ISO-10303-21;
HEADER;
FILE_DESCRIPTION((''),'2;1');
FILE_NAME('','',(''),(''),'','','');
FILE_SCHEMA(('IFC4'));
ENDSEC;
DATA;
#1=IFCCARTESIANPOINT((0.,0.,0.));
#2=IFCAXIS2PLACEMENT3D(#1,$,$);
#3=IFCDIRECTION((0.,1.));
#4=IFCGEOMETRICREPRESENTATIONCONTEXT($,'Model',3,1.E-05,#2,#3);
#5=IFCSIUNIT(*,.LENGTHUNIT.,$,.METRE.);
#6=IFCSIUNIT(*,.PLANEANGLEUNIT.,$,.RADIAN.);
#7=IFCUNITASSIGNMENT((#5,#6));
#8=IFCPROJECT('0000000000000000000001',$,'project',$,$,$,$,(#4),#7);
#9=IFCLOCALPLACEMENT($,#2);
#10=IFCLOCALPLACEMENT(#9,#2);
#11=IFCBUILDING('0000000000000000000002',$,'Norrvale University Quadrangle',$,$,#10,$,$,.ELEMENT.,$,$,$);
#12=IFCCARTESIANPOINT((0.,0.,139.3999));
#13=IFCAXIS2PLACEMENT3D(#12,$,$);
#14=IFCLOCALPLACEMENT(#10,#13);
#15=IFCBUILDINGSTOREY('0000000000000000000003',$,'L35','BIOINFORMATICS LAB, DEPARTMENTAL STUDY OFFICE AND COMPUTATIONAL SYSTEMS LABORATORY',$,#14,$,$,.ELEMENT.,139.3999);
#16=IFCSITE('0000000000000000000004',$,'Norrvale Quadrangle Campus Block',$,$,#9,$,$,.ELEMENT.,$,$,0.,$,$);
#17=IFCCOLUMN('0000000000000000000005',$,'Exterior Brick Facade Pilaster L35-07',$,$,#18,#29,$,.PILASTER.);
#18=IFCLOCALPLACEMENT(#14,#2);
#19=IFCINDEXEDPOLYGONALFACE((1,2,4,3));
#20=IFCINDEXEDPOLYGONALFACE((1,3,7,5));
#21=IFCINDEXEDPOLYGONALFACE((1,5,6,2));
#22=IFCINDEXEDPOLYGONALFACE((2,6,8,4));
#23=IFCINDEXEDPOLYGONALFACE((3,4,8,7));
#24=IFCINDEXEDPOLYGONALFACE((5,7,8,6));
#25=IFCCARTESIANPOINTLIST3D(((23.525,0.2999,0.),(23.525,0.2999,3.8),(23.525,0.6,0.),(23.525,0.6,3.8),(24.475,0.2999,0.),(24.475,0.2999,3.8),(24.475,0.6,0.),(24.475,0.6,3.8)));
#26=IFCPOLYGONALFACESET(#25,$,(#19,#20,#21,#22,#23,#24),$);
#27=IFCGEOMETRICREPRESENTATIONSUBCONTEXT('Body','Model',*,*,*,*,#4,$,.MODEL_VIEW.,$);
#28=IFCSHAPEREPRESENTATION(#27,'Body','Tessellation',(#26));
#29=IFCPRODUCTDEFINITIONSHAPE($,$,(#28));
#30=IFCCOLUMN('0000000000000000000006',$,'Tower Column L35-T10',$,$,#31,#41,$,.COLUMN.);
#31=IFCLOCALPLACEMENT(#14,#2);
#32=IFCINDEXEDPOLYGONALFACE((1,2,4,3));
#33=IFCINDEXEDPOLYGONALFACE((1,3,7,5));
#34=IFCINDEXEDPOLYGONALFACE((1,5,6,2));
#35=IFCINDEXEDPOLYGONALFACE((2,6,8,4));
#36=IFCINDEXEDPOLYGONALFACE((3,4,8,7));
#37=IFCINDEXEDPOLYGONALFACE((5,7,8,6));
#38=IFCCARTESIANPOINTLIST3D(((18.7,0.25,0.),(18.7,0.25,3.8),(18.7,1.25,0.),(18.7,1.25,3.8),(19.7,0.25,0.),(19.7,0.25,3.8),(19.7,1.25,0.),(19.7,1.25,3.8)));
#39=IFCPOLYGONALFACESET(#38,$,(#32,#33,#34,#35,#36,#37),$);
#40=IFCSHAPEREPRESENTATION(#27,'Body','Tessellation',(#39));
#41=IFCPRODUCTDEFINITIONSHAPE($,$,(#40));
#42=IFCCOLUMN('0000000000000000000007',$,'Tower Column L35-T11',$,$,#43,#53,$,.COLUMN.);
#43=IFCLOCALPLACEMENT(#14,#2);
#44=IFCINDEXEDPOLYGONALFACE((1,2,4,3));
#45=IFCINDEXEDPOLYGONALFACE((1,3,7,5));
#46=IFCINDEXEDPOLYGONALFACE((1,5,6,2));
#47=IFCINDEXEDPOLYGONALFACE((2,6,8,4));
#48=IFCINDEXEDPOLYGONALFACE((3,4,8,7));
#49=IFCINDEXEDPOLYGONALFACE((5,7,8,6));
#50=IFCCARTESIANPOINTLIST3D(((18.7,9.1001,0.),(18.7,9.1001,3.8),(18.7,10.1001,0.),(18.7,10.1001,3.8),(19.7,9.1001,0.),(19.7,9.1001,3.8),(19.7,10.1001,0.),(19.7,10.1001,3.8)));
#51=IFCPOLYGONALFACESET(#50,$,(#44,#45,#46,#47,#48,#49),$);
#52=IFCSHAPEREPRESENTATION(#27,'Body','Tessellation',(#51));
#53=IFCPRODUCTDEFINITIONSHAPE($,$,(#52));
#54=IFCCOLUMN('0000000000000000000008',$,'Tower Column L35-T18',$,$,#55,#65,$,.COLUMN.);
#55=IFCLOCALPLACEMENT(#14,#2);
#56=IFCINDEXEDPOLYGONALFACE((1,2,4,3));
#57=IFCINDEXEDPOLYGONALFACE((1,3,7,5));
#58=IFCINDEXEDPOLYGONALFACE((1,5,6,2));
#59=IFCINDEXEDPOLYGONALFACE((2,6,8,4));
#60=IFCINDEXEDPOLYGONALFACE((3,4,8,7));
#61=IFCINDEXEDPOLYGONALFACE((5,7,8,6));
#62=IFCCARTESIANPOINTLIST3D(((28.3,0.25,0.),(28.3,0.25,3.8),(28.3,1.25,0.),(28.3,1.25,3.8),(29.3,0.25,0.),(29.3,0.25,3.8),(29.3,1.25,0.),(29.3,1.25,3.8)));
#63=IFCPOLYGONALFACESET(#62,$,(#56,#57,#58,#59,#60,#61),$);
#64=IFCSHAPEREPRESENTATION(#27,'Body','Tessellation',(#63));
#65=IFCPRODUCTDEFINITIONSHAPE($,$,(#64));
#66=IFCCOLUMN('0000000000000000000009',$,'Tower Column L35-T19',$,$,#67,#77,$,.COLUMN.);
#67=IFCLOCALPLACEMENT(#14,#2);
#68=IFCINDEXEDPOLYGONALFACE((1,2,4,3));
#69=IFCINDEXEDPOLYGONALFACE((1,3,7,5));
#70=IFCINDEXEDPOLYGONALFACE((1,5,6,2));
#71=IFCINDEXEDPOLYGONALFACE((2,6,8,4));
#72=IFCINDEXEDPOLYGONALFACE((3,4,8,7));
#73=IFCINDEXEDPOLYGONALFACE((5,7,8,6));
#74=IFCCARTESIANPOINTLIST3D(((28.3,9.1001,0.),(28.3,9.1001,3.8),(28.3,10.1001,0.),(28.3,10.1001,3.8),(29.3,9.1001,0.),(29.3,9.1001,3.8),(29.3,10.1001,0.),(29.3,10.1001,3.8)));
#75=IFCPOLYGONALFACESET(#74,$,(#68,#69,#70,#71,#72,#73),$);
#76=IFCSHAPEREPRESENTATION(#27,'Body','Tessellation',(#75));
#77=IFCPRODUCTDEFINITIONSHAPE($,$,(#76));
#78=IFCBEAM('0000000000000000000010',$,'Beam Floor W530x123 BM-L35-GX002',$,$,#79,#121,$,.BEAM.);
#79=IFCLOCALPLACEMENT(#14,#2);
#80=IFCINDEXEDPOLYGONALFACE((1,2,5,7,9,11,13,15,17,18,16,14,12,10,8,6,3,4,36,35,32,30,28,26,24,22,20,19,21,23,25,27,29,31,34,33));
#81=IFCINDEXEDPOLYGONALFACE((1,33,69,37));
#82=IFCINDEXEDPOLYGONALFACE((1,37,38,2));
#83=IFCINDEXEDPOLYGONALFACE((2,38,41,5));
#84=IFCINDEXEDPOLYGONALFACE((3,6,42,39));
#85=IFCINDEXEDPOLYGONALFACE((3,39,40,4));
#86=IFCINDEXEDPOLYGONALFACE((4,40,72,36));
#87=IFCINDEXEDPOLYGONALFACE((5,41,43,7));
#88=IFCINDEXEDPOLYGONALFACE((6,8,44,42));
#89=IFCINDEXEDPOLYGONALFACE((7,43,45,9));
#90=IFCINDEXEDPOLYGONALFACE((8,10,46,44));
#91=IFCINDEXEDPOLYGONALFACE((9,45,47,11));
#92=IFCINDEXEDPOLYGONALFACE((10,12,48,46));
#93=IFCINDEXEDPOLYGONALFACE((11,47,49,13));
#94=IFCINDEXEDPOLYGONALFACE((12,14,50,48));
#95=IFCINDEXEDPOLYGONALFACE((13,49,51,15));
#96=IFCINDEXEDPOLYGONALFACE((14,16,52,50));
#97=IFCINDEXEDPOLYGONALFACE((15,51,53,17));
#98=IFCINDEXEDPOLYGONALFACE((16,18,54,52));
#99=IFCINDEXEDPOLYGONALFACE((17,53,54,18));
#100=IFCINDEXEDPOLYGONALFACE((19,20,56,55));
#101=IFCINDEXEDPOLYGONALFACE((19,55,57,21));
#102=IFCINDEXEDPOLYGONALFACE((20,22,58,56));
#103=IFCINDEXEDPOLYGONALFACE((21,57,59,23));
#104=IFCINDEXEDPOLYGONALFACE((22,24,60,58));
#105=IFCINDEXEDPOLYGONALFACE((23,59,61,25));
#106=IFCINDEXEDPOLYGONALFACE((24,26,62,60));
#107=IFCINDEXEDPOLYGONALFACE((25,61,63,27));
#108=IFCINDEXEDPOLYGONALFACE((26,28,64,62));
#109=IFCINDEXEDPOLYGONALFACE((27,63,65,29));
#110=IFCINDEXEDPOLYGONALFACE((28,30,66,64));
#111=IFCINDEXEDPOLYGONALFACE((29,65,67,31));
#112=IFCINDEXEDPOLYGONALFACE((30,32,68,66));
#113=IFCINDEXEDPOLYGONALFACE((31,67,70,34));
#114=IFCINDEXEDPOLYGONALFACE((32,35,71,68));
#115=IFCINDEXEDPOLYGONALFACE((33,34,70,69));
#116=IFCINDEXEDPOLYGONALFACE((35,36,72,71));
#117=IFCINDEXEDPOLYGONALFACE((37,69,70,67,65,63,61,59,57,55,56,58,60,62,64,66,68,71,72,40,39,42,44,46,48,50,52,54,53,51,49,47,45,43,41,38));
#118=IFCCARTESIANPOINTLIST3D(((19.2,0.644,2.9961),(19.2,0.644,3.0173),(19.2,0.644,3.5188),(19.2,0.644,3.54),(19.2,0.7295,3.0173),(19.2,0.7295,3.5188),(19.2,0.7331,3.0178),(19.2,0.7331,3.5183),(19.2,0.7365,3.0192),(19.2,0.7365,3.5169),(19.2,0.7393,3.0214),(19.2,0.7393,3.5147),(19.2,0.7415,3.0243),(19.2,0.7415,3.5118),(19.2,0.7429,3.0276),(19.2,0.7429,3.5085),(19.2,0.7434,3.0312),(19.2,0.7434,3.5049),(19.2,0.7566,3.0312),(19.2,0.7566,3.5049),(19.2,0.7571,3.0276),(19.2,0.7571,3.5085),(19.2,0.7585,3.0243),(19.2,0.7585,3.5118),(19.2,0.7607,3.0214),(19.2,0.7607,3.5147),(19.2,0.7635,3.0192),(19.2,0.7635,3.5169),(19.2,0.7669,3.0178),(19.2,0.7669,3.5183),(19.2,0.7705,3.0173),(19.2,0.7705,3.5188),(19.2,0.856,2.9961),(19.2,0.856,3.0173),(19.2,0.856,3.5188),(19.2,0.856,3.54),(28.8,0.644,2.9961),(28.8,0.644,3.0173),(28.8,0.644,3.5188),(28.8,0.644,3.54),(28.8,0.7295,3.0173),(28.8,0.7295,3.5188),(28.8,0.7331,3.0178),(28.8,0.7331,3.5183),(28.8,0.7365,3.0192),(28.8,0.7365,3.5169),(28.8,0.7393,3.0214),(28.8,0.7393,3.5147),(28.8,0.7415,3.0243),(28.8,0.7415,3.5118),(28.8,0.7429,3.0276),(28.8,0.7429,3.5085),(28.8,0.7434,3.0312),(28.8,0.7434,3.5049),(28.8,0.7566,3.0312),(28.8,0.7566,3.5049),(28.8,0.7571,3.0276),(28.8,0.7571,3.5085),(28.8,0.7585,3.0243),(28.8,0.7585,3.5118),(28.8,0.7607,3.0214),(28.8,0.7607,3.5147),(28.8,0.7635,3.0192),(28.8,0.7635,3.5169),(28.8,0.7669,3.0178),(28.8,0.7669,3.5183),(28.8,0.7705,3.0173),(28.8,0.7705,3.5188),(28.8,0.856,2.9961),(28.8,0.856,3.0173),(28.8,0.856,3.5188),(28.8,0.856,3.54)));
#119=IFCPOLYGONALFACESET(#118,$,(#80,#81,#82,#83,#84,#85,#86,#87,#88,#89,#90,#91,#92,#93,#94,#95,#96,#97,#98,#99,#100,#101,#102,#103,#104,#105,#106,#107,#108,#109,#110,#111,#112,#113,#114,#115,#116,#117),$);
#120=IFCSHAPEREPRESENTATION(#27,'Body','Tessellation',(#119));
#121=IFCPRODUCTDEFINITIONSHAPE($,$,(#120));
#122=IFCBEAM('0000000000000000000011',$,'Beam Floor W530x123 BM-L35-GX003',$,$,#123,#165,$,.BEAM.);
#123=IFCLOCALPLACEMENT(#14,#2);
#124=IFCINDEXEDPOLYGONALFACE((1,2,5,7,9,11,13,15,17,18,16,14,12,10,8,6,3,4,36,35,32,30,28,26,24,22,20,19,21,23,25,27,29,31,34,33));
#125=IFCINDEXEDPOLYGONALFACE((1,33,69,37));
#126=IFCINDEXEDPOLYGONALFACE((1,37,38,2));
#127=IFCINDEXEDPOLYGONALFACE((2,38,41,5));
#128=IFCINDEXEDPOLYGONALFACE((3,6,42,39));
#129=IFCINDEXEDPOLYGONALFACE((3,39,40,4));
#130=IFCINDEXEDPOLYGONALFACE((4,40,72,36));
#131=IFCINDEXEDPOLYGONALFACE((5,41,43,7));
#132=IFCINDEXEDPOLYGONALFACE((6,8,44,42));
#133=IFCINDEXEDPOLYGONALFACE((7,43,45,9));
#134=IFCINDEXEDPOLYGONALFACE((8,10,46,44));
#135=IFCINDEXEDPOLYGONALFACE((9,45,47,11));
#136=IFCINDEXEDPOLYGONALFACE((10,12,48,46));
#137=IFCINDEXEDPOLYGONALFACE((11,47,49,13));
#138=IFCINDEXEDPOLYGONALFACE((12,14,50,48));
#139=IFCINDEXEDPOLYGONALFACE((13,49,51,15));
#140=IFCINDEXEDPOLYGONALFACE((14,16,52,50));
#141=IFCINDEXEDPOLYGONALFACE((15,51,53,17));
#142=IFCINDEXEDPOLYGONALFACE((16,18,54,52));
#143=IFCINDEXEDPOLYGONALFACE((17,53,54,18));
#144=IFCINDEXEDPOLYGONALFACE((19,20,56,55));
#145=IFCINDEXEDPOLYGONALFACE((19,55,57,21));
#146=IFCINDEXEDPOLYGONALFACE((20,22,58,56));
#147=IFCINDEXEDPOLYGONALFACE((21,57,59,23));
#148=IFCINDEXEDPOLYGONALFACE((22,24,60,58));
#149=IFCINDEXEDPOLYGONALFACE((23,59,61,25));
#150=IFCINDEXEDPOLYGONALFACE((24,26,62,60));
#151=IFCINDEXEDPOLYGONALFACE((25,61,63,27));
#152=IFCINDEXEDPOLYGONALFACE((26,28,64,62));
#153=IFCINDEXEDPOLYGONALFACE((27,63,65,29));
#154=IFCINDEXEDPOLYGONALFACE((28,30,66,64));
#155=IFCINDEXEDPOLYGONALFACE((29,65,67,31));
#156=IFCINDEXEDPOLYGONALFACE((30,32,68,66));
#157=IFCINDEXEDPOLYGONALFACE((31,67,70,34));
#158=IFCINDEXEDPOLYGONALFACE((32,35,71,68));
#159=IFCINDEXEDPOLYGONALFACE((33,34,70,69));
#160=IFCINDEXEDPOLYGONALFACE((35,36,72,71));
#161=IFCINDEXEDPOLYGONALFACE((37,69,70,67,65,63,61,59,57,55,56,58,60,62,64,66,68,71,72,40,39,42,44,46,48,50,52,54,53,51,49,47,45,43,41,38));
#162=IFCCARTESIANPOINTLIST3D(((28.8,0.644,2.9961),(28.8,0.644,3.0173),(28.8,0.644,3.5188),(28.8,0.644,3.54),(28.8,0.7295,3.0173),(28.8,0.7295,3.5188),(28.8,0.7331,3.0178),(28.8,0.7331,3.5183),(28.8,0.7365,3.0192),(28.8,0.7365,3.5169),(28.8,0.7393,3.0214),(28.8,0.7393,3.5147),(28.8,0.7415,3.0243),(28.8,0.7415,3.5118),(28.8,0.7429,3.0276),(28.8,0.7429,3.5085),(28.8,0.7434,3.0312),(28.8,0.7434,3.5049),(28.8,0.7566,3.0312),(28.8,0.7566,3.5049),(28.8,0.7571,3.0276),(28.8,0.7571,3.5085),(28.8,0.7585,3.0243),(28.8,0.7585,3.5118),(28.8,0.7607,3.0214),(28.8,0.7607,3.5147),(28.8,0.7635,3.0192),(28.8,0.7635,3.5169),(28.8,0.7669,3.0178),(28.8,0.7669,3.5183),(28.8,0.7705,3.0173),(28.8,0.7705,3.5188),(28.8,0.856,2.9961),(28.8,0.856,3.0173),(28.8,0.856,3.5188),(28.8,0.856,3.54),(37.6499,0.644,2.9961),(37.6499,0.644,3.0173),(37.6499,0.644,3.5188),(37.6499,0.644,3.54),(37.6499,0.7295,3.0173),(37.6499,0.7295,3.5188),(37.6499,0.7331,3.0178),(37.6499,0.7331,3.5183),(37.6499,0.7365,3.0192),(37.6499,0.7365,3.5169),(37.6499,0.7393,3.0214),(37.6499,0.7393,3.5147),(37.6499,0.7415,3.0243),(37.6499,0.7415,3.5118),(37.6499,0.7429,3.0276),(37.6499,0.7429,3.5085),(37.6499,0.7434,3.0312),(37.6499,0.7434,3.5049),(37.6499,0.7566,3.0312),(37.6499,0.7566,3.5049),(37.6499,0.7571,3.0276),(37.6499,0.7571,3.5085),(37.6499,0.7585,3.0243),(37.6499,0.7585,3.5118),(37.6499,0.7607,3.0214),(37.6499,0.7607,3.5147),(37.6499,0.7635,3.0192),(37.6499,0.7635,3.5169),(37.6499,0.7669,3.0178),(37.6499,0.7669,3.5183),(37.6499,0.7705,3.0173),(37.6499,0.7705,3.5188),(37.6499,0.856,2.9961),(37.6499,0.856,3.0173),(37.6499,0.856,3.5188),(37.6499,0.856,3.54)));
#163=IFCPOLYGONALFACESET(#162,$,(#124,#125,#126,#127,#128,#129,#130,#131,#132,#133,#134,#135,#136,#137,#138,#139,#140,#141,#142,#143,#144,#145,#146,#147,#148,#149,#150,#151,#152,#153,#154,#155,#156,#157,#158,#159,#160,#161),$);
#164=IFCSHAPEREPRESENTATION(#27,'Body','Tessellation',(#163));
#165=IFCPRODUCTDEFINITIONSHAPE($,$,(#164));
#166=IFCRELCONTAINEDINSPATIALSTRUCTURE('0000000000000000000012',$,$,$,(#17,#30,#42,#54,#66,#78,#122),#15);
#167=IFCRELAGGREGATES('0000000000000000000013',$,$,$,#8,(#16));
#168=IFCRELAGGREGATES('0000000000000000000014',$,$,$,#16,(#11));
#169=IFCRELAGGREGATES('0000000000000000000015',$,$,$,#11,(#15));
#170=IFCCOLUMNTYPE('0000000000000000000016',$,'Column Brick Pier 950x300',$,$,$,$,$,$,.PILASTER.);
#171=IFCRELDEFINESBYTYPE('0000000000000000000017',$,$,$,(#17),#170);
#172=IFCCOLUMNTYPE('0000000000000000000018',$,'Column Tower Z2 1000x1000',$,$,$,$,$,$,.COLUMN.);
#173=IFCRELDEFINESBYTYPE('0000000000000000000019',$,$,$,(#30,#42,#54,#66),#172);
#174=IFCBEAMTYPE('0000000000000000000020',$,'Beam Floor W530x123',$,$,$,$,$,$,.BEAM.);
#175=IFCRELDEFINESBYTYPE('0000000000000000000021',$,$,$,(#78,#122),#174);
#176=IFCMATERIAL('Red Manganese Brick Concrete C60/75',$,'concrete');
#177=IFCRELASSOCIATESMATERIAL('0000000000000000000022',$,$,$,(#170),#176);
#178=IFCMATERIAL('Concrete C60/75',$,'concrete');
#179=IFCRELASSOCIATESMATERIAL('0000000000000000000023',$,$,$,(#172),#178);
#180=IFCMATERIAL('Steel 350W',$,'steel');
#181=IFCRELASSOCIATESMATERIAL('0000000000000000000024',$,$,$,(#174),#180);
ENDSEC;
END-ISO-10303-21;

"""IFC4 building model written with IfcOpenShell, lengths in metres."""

from ifc_helpers import new_model, si_unit, direction, frame, origin, origin_2d, place, context, subcontext, project, spatial, rectangle, i_section, extrude, material, material_profile, profile_set, type_object, element, save


model = new_model("IFC4")

# Units and contexts
model_context = context("Model", 3, precision=1e-05, world=origin(), true_north=direction((0.0, 1.0)))
body_context = subcontext(model_context, "Body", "Model", "MODEL_VIEW")
ifc_project = project(units=[si_unit("LENGTHUNIT", "METRE"), si_unit("PLANEANGLEUNIT", "RADIAN")], contexts=[model_context])

# Site, building, storey
site_placement = place(None, origin())
site = spatial("IfcSite", under=ifc_project, at=site_placement, Name="Norrvale Quadrangle Campus Block", CompositionType="ELEMENT", RefElevation=0.0)
building_placement = place(site_placement, origin())
building = spatial("IfcBuilding", under=site, at=building_placement, Name="Norrvale University Quadrangle", CompositionType="ELEMENT")
storey_placement = place(building_placement, frame((0.0, 0.0, 139.3999)))
storey = spatial("IfcBuildingStorey", under=building, at=storey_placement, Name="L35", Description="BIOINFORMATICS LAB, DEPARTMENTAL STUDY OFFICE AND COMPUTATIONAL SYSTEMS LABORATORY", CompositionType="ELEMENT", Elevation=139.3999)

# Columns
ifc_material_1 = material(Name="Red Manganese Brick Concrete C60/75", Category="concrete")
ifc_material_profile_1 = material_profile(ifc_material_1, rectangle(XDim=0.95, YDim=0.3, at=origin_2d()), Name="Red Manganese Brick Concrete C60/75")
ifc_profile_set_1 = profile_set([ifc_material_profile_1], Name="Red Manganese Brick Concrete C60/75")
column_type_1 = type_object("IfcColumnType", Name="Column Brick Pier 950x300", PredefinedType="PILASTER", material=ifc_profile_set_1)
column_placement = place(storey_placement, frame((24.0, 0.45, 0.0), z_axis=(0.0, 0.0, 1.0), x_axis=(1.0, 0.0, 0.0)))
element("IfcColumn", 1, at=column_placement, inside=storey, type_object=column_type_1, Name="Exterior Brick Facade Pilaster L35-07", PredefinedType="PILASTER", context=body_context, shape_type="SweptSolid", body=[
    extrude(rectangle(XDim=0.95, YDim=0.3, at=origin_2d()), origin(), (0.0, 0.0, 1.0), 3.8),
])
ifc_material_2 = material(Name="Concrete C60/75", Category="concrete")
ifc_material_profile_2 = material_profile(ifc_material_2, rectangle(XDim=1.0, YDim=1.0, at=origin_2d()), Name="Concrete C60/75")
ifc_profile_set_2 = profile_set([ifc_material_profile_2], Name="Concrete C60/75")
column_type_2 = type_object("IfcColumnType", Name="Column Tower Z2 1000x1000", PredefinedType="COLUMN", material=ifc_profile_set_2)
for number, where, z_axis, x_axis, name in (
    (2, (19.2, 0.75, 0.0), (0.0, 0.0, 1.0), (1.0, 0.0, 0.0), "Tower Column L35-T10"),
    (3, (19.2, 9.6001, 0.0), (0.0, 0.0, 1.0), (1.0, 0.0, 0.0), "Tower Column L35-T11"),
    (4, (28.8, 0.75, 0.0), (0.0, 0.0, 1.0), (1.0, 0.0, 0.0), "Tower Column L35-T18"),
    (5, (28.8, 9.6001, 0.0), (0.0, 0.0, 1.0), (1.0, 0.0, 0.0), "Tower Column L35-T19"),
):
    element("IfcColumn", number, at=place(storey_placement, frame(where, z_axis=z_axis, x_axis=x_axis)), inside=storey, type_object=column_type_2, Name=name, PredefinedType="COLUMN", context=body_context, shape_type="SweptSolid", body=[
        extrude(rectangle(XDim=1.0, YDim=1.0, at=origin_2d()), origin(), (0.0, 0.0, 1.0), 3.8),
    ])

# Beams
ifc_material_3 = material(Name="Steel 350W", Category="steel")
ifc_material_profile_3 = material_profile(ifc_material_3, i_section(OverallWidth=0.2119, OverallDepth=0.5439, WebThickness=0.0132, FlangeThickness=0.0212, FilletRadius=0.0139, at=origin_2d()), Name="Steel 350W")
ifc_profile_set_3 = profile_set([ifc_material_profile_3], Name="Steel 350W")
beam_type_1 = type_object("IfcBeamType", Name="Beam Floor W530x123", PredefinedType="BEAM", material=ifc_profile_set_3)
beam_1_placement = place(storey_placement, frame((19.2, 0.75, 3.2681), z_axis=(1.0, 0.0, 0.0), x_axis=(0.0, 1.0, 0.0)))
element("IfcBeam", 6, at=beam_1_placement, inside=storey, type_object=beam_type_1, Name="Beam Floor W530x123 BM-L35-GX002", PredefinedType="BEAM", context=body_context, shape_type="SweptSolid", body=[
    extrude(i_section(OverallWidth=0.2119, OverallDepth=0.5439, WebThickness=0.0132, FlangeThickness=0.0212, FilletRadius=0.0139, at=origin_2d()), origin(), (0.0, 0.0, 1.0), 9.6001),
])
beam_2_placement = place(storey_placement, frame((28.8, 0.75, 3.2681), z_axis=(1.0, 0.0, 0.0), x_axis=(0.0, 1.0, 0.0)))
element("IfcBeam", 7, at=beam_2_placement, inside=storey, type_object=beam_type_1, Name="Beam Floor W530x123 BM-L35-GX003", PredefinedType="BEAM", context=body_context, shape_type="SweptSolid", body=[
    extrude(i_section(OverallWidth=0.2119, OverallDepth=0.5439, WebThickness=0.0132, FlangeThickness=0.0212, FilletRadius=0.0139, at=origin_2d()), origin(), (0.0, 0.0, 1.0), 8.8499),
])

save(model, "model.ifc")
